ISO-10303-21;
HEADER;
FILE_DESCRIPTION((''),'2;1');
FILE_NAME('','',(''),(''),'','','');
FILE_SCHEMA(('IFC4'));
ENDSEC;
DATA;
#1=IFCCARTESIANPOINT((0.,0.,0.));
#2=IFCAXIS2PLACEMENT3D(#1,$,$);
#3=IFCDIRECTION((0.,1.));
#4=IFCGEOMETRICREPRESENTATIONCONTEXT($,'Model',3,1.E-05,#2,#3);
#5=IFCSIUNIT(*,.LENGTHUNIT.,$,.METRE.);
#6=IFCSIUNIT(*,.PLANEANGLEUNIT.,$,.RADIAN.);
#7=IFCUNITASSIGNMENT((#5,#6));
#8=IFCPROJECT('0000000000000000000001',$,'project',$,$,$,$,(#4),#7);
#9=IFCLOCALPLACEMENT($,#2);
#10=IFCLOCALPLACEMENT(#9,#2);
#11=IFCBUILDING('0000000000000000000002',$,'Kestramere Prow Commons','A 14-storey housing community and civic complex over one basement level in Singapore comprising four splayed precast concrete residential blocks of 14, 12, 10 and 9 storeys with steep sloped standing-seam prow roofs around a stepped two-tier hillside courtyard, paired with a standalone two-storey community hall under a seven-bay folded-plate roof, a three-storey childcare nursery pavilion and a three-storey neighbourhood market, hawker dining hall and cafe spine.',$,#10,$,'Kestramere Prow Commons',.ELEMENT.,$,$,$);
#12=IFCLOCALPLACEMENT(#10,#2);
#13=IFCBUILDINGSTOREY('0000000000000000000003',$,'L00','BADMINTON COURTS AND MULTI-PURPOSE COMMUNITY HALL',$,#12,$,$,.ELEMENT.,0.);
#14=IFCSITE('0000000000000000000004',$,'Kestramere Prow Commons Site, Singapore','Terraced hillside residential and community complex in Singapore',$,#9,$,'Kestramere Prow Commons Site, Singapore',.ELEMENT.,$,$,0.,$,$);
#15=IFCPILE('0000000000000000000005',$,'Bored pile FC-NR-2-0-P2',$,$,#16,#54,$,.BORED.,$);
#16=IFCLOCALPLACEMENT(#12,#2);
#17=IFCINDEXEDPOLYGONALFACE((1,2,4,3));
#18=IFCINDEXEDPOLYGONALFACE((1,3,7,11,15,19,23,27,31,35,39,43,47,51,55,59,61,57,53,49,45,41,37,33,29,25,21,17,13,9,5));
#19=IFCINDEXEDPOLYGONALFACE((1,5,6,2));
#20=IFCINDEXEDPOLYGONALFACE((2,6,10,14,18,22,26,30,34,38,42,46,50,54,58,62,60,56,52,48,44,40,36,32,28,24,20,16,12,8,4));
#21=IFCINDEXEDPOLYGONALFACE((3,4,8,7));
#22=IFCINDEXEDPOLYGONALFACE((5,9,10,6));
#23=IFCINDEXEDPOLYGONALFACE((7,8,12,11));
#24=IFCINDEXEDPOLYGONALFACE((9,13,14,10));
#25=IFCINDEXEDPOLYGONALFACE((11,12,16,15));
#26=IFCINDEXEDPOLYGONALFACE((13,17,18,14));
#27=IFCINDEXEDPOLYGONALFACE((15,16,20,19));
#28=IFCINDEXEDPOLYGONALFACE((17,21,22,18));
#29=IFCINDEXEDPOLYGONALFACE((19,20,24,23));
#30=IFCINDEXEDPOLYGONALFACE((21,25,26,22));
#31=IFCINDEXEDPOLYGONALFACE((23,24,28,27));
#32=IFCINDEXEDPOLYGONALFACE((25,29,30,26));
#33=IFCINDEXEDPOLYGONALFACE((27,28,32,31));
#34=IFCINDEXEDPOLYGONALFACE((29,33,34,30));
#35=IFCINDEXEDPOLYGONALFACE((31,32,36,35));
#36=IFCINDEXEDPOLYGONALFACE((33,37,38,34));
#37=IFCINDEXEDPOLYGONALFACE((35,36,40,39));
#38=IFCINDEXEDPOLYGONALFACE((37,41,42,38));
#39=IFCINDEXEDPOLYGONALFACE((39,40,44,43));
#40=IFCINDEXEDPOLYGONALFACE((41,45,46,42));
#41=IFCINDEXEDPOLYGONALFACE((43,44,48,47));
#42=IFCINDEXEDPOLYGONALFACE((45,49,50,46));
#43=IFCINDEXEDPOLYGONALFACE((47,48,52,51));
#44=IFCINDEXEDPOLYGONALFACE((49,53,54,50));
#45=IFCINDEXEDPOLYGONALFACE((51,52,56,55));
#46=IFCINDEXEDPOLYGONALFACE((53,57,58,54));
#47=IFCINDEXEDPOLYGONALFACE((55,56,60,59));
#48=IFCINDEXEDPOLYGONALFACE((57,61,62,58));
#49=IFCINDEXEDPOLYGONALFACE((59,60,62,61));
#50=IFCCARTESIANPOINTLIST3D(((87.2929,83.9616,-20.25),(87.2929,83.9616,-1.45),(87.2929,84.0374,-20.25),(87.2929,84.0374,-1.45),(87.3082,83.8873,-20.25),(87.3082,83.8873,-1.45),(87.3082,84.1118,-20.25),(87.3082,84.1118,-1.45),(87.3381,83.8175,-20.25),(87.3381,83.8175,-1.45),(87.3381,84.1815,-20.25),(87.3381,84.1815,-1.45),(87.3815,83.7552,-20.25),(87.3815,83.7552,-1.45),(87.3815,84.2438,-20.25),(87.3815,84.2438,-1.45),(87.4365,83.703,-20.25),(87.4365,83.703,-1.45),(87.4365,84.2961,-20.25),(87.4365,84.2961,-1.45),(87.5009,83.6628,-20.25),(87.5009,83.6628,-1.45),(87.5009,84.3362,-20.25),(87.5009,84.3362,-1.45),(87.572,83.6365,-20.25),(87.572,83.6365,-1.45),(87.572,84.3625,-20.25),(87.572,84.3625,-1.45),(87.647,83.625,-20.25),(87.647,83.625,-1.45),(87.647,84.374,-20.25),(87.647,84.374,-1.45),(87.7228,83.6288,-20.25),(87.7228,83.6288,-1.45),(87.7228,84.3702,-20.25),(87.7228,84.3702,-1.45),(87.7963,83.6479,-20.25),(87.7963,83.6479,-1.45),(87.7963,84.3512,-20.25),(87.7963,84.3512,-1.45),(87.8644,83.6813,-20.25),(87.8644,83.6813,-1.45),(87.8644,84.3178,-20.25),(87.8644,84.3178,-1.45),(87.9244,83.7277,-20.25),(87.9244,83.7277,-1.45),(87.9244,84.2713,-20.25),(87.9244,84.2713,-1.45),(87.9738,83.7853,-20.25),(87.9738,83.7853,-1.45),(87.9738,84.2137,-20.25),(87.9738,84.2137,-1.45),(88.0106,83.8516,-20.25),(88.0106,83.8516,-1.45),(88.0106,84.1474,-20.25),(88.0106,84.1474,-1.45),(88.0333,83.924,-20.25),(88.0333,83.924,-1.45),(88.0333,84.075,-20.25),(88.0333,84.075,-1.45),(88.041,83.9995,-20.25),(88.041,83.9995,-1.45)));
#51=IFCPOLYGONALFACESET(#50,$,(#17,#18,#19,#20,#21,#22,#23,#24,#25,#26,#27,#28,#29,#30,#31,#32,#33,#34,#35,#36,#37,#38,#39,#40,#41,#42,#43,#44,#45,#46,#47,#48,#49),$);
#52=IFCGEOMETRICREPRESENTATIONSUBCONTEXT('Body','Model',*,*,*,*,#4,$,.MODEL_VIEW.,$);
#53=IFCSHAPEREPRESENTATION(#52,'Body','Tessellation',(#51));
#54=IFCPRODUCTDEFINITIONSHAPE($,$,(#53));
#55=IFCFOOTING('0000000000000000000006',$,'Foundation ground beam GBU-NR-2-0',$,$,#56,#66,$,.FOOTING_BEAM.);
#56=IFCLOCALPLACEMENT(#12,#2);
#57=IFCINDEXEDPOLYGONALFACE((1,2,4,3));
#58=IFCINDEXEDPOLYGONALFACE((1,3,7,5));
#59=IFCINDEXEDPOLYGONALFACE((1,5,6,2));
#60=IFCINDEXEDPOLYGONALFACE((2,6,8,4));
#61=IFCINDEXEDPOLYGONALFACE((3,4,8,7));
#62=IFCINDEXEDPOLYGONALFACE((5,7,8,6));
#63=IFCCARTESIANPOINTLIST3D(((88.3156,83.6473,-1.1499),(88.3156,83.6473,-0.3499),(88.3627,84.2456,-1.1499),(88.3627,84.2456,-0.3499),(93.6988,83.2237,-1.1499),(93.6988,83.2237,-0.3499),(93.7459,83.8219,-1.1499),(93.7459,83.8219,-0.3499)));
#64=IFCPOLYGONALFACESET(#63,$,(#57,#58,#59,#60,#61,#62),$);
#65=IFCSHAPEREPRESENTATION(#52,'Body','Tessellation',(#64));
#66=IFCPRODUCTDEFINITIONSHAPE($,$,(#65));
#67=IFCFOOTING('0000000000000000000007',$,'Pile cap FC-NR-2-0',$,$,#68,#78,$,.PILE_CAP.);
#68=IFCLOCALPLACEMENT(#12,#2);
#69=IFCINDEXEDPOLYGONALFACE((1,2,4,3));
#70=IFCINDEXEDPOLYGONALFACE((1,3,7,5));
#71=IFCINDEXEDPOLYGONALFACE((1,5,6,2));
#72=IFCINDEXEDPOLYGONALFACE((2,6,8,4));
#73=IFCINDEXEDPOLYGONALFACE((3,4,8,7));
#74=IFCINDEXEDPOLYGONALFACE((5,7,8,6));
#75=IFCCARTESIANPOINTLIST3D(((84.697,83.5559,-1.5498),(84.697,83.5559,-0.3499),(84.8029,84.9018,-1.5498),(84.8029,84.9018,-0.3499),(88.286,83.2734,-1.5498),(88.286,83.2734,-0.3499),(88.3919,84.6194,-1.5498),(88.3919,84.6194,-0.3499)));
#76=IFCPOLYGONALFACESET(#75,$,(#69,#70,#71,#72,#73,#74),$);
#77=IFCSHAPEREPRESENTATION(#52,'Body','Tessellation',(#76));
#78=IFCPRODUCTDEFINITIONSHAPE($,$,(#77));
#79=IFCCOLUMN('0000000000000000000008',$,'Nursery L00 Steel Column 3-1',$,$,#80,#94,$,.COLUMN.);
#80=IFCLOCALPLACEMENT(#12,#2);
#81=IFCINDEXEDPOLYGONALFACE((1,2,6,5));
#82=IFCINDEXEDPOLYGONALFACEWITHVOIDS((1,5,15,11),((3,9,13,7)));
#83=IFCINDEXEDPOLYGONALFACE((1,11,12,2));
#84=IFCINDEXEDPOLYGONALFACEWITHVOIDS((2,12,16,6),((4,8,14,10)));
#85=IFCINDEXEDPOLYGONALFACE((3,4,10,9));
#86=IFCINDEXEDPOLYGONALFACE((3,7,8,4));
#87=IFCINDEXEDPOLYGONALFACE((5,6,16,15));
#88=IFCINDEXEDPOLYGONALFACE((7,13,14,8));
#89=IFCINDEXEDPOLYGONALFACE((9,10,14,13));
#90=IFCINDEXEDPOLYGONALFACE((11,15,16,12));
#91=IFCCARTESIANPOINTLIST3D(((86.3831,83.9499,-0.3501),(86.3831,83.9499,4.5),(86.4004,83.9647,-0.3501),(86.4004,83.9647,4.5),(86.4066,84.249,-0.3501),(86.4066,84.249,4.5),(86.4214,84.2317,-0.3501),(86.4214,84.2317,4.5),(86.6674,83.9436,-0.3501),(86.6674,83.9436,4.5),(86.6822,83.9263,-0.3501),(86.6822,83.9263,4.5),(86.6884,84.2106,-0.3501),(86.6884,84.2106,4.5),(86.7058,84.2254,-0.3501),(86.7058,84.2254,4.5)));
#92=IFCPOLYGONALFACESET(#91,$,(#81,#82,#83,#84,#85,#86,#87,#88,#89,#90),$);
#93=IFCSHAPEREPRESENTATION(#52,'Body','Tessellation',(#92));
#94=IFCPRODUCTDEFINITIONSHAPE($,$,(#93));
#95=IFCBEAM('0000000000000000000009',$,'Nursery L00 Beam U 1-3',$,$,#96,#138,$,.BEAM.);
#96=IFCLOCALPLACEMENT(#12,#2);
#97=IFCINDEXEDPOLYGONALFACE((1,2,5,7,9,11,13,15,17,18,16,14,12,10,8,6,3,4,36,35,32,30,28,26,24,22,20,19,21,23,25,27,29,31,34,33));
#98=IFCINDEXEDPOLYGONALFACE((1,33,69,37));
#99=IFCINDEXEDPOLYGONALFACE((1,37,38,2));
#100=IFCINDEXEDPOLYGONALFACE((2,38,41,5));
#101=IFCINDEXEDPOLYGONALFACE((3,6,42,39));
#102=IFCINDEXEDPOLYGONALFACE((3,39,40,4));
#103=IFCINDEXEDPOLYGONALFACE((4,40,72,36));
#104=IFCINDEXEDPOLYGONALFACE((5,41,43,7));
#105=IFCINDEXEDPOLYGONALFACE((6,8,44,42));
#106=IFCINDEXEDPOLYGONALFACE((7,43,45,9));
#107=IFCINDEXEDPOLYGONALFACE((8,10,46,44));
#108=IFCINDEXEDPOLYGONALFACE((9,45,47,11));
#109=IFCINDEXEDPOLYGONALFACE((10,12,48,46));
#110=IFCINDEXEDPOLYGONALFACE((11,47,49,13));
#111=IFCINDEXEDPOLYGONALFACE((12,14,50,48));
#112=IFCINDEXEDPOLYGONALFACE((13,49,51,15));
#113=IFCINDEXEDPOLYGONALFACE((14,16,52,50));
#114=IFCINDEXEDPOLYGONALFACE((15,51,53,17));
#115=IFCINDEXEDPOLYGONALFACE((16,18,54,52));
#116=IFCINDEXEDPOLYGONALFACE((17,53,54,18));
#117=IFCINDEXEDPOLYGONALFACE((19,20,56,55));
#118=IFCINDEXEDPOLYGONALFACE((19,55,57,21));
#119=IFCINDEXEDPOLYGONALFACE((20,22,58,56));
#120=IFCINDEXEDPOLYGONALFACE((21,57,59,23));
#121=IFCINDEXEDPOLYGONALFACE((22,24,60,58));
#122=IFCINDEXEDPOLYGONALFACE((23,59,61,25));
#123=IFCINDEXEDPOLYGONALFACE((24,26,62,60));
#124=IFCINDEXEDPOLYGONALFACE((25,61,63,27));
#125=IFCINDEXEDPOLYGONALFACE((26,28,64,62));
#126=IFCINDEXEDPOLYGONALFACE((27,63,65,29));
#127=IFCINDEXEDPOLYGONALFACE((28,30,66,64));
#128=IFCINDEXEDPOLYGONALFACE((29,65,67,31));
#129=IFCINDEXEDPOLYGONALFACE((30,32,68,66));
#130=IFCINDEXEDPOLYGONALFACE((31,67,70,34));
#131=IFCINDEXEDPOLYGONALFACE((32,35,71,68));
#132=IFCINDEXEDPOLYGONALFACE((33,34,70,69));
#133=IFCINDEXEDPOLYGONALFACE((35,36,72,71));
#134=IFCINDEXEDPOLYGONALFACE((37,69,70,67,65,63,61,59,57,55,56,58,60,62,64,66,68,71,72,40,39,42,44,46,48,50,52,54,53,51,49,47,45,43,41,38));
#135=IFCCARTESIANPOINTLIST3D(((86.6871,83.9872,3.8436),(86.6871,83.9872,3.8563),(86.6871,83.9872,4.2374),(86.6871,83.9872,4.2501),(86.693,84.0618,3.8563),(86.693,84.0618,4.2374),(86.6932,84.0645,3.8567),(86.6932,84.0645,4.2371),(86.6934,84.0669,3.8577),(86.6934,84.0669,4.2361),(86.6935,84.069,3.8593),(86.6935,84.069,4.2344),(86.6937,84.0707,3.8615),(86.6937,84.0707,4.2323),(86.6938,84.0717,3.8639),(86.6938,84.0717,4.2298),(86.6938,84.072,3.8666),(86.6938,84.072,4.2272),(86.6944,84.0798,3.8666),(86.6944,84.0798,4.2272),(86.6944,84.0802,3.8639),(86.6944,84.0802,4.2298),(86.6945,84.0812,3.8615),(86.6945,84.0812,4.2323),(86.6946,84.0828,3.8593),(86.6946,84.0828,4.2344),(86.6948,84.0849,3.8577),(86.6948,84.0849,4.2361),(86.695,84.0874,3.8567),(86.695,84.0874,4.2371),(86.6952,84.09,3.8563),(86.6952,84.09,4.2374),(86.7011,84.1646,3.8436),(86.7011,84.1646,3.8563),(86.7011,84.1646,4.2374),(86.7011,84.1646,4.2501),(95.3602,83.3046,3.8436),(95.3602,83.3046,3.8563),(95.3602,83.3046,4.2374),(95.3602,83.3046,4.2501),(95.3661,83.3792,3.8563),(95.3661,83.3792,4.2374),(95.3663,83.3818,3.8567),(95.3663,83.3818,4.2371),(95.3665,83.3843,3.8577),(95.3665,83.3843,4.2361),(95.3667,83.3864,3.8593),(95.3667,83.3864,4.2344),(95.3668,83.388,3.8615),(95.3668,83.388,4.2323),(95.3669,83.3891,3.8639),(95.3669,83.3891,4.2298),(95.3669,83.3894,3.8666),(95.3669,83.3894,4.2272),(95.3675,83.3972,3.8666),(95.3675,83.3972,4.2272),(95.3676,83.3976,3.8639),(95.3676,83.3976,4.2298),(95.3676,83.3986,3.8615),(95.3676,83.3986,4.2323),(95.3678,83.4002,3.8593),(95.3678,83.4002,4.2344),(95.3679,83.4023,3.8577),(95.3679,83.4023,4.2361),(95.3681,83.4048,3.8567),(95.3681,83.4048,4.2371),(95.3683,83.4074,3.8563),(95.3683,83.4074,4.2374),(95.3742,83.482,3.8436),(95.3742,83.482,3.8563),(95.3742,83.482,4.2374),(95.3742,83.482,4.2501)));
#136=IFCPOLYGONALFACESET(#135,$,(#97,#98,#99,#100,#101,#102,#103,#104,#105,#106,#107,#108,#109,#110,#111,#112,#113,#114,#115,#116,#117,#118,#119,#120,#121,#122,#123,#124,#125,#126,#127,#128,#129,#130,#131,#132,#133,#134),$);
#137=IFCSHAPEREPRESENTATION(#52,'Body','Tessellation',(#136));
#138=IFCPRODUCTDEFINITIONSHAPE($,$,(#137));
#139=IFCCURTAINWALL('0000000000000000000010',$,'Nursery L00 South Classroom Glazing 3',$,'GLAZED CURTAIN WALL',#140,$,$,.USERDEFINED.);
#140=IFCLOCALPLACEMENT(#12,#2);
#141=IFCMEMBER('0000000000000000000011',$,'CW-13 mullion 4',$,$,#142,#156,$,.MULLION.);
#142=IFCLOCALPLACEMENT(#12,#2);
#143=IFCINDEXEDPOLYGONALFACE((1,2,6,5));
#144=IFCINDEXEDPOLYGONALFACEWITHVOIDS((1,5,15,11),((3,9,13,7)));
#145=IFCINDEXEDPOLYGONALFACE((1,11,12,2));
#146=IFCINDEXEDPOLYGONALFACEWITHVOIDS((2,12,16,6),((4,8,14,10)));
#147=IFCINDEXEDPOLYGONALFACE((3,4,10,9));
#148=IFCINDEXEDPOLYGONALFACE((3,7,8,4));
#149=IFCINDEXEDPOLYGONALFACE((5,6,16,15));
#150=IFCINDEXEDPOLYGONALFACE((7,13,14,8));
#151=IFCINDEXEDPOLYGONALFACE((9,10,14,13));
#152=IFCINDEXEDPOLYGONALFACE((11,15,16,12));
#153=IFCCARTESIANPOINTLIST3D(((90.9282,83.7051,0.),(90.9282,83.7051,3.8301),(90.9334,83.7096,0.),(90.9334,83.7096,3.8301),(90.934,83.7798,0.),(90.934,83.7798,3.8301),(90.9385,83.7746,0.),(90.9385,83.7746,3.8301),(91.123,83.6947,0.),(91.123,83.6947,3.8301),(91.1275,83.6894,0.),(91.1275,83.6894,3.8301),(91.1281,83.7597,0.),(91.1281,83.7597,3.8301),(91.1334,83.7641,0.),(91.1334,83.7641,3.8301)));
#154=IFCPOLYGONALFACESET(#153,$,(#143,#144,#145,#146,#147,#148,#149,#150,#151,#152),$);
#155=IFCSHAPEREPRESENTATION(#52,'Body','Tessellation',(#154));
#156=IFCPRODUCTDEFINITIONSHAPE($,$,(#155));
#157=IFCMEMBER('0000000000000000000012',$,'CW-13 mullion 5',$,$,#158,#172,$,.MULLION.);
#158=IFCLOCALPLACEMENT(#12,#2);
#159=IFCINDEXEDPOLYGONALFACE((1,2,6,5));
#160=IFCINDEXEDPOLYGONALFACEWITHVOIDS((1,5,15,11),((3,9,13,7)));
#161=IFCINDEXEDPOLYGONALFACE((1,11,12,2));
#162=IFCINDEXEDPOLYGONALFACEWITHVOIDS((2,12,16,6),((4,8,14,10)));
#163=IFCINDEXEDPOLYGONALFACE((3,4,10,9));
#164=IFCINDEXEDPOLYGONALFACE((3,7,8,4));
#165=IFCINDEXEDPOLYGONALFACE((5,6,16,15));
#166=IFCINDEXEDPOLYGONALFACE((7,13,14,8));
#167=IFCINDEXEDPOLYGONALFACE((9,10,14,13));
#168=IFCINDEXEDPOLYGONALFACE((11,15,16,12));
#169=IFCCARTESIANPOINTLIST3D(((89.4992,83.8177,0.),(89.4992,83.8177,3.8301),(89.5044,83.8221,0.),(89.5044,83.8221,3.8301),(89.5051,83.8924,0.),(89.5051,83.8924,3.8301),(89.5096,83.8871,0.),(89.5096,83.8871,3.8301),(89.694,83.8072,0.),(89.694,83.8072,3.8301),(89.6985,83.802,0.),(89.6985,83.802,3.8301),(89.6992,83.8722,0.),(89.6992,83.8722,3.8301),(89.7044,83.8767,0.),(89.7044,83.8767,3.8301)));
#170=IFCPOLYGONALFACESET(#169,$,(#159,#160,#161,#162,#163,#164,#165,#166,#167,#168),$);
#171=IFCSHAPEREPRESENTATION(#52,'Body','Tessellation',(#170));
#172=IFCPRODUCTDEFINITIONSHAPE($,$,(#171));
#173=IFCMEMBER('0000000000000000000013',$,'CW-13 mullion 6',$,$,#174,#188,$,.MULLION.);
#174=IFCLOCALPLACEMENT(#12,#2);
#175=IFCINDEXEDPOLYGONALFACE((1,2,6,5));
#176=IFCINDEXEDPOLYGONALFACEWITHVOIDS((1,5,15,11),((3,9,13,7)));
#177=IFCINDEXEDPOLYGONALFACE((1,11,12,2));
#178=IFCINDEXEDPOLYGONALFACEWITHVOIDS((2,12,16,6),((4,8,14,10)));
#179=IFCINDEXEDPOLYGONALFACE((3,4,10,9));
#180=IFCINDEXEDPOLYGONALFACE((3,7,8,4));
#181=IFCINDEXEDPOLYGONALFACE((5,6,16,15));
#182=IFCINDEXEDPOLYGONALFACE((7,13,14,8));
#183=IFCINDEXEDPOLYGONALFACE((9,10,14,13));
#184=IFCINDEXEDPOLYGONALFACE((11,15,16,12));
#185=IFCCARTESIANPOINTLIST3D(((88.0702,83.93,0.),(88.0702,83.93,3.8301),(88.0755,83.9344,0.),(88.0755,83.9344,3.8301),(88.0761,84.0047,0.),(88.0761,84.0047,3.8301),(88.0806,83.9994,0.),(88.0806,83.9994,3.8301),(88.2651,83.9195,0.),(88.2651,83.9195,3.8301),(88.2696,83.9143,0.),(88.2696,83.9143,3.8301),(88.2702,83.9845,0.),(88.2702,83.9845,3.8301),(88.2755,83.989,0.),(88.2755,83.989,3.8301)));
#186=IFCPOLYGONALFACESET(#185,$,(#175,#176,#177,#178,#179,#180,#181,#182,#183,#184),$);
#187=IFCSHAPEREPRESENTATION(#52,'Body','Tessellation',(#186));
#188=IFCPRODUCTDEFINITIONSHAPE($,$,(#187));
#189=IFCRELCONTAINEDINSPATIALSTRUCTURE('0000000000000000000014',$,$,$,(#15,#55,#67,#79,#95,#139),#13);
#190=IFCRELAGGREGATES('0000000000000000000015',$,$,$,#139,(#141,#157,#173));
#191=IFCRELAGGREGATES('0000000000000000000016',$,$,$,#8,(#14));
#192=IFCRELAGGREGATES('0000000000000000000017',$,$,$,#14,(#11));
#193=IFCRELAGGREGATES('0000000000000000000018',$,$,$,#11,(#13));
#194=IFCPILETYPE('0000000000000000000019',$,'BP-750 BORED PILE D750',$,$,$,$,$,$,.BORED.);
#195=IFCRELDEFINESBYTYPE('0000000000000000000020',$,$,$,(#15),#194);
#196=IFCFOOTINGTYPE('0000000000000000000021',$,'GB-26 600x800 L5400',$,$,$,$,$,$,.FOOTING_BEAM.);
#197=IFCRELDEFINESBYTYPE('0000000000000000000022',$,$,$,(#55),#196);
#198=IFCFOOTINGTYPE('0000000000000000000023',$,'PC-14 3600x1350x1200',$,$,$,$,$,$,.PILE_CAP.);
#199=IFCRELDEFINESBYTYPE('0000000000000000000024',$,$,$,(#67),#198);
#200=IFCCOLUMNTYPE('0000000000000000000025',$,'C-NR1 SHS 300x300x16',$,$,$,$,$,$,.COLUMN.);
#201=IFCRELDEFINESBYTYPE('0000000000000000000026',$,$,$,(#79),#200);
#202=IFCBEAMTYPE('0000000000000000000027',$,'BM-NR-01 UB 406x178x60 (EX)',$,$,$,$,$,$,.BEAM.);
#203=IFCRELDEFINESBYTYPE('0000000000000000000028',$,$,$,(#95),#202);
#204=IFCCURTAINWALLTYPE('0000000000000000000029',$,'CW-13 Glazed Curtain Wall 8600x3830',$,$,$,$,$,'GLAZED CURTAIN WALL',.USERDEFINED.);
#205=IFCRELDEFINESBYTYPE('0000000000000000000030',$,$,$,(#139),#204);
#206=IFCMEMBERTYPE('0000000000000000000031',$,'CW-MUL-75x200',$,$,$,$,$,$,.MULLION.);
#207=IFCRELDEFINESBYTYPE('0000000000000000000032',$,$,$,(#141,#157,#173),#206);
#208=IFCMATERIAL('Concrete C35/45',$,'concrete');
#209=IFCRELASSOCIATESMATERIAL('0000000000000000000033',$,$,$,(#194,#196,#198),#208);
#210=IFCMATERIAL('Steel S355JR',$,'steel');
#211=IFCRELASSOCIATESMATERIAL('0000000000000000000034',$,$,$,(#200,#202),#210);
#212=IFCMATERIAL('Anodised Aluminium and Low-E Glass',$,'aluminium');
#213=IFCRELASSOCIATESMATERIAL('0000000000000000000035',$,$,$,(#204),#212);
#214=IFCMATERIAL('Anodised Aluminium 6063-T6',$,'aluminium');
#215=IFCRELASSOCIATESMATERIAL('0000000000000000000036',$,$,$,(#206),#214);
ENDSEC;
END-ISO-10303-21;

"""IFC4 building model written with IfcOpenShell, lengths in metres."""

from ifc_helpers import new_model, si_unit, direction, frame, origin, origin_2d, place, context, subcontext, project, spatial, rectangle, hollow_rectangle, circle, i_section, extrude, material, material_profile, profile_set, type_object, element, aggregate, save


model = new_model("IFC4")

# Units and contexts
model_context = context("Model", 3, precision=1e-05, world=origin(), true_north=direction((0.0, 1.0)))
body_context = subcontext(model_context, "Body", "Model", "MODEL_VIEW")
ifc_project = project(units=[si_unit("LENGTHUNIT", "METRE"), si_unit("PLANEANGLEUNIT", "RADIAN")], contexts=[model_context])

# Site, building, storey
site_placement = place(None, origin())
site = spatial("IfcSite", under=ifc_project, at=site_placement, Name="Kestramere Prow Commons Site, Singapore", Description="Terraced hillside residential and community complex in Singapore", LongName="Kestramere Prow Commons Site, Singapore", CompositionType="ELEMENT", RefElevation=0.0)
building_placement = place(site_placement, origin())
building = spatial("IfcBuilding", under=site, at=building_placement, Name="Kestramere Prow Commons", Description="A 14-storey housing community and civic complex over one basement level in Singapore comprising four splayed precast concrete residential blocks of 14, 12, 10 and 9 storeys with steep sloped standing-seam prow roofs around a stepped two-tier hillside courtyard, paired with a standalone two-storey community hall under a seven-bay folded-plate roof, a three-storey childcare nursery pavilion and a three-storey neighbourhood market, hawker dining hall and cafe spine.", LongName="Kestramere Prow Commons", CompositionType="ELEMENT")
storey_placement = place(building_placement, origin())
storey = spatial("IfcBuildingStorey", under=building, at=storey_placement, Name="L00", Description="BADMINTON COURTS AND MULTI-PURPOSE COMMUNITY HALL", CompositionType="ELEMENT", Elevation=0.0)

# Pile
ifc_material_1 = material(Name="Concrete C35/45", Category="concrete")
ifc_material_profile_1 = material_profile(ifc_material_1, circle(Radius=0.375, at=origin_2d()), Name="BORED PILE D750")
ifc_profile_set_1 = profile_set([ifc_material_profile_1], Name="Concrete C35/45")
pile_type = type_object("IfcPileType", Name="BP-750 BORED PILE D750", PredefinedType="BORED", material=ifc_profile_set_1)
pile_placement = place(storey_placement, frame((87.666, 83.9995, -1.45), z_axis=(0.0, 0.0, -1.0), x_axis=(1.0, 0.0, 0.0)))
element("IfcPile", 1, at=pile_placement, inside=storey, type_object=pile_type, Name="Bored pile FC-NR-2-0-P2", PredefinedType="BORED", context=body_context, shape_type="SweptSolid", body=[
    extrude(circle(Radius=0.375, at=origin_2d()), origin(), (0.0, 0.0, 1.0), 18.8),
])

# Footings
footing_type_1 = type_object("IfcFootingType", Name="GB-26 600x800 L5400", PredefinedType="FOOTING_BEAM", material=ifc_material_1)
footing_1_placement = place(storey_placement, frame((91.0308, 83.7346, -1.1499), z_axis=(0.0, 0.0, 1.0), x_axis=(0.996917, -0.078459, 0.0)))
element("IfcFooting", 2, at=footing_1_placement, inside=storey, type_object=footing_type_1, Name="Foundation ground beam GBU-NR-2-0", PredefinedType="FOOTING_BEAM", context=body_context, shape_type="SweptSolid", body=[
    extrude(rectangle(XDim=5.3999, YDim=0.6001, at=origin_2d()), origin(), (0.0, 0.0, 1.0), 0.8),
])
footing_type_2 = type_object("IfcFootingType", Name="PC-14 3600x1350x1200", PredefinedType="PILE_CAP", material=ifc_material_1)
footing_2_placement = place(storey_placement, frame((86.5444, 84.0876, -1.5498), z_axis=(0.0, 0.0, 1.0), x_axis=(0.996917, -0.078459, 0.0)))
element("IfcFooting", 3, at=footing_2_placement, inside=storey, type_object=footing_type_2, Name="Pile cap FC-NR-2-0", PredefinedType="PILE_CAP", context=body_context, shape_type="SweptSolid", body=[
    extrude(rectangle(XDim=3.6001, YDim=1.3501, at=origin_2d()), origin(), (0.0, 0.0, 1.0), 1.2),
])

# Column
ifc_material_2 = material(Name="Steel S355JR", Category="steel")
ifc_material_profile_2 = material_profile(ifc_material_2, hollow_rectangle(XDim=0.3, YDim=0.3, WallThickness=0.0161, at=origin_2d()), Name="SHS 300x300x16")
ifc_profile_set_2 = profile_set([ifc_material_profile_2], Name="Steel S355JR")
column_type = type_object("IfcColumnType", Name="C-NR1 SHS 300x300x16", PredefinedType="COLUMN", material=ifc_profile_set_2)
column_placement = place(storey_placement, frame((86.5444, 84.0876, -0.3501), z_axis=(0.0, 0.0, 1.0), x_axis=(0.996917, -0.078459, 0.0)))
element("IfcColumn", 4, at=column_placement, inside=storey, type_object=column_type, Name="Nursery L00 Steel Column 3-1", PredefinedType="COLUMN", context=body_context, shape_type="SweptSolid", body=[
    extrude(hollow_rectangle(XDim=0.3, YDim=0.3, WallThickness=0.0161, at=origin_2d()), origin(), (0.0, 0.0, 1.0), 4.8501),
])

# Beam
ifc_material_profile_3 = material_profile(ifc_material_2, i_section(OverallWidth=0.178, OverallDepth=0.4065, WebThickness=0.0078, FlangeThickness=0.0127, FilletRadius=0.0103, at=origin_2d()), Name="UB 406x178x60")
ifc_profile_set_3 = profile_set([ifc_material_profile_3], Name="Steel S355JR")
beam_type = type_object("IfcBeamType", Name="BM-NR-01 UB 406x178x60 (EX)", PredefinedType="BEAM", material=ifc_profile_set_3)
beam_placement = place(storey_placement, frame((86.6941, 84.0759, 4.0469), z_axis=(0.996917, -0.078462, 0.0), x_axis=(0.078462, 0.996917, 0.0)))
element("IfcBeam", 5, at=beam_placement, inside=storey, type_object=beam_type, Name="Nursery L00 Beam U 1-3", PredefinedType="BEAM", context=body_context, shape_type="SweptSolid", body=[
    extrude(i_section(OverallWidth=0.178, OverallDepth=0.4065, WebThickness=0.0078, FlangeThickness=0.0127, FilletRadius=0.0103, at=origin_2d()), origin(), (0.0, 0.0, 1.0), 8.7),
])

# Curtain wall, members
ifc_material_3 = material(Name="Anodised Aluminium and Low-E Glass", Category="aluminium")
curtain_wall_type = type_object("IfcCurtainWallType", Name="CW-13 Glazed Curtain Wall 8600x3830", ElementType="GLAZED CURTAIN WALL", PredefinedType="USERDEFINED", material=ifc_material_3)
curtain_wall_placement = place(storey_placement, origin())
curtain_wall = element("IfcCurtainWall", 6, at=curtain_wall_placement, inside=storey, type_object=curtain_wall_type, Name="Nursery L00 South Classroom Glazing 3", ObjectType="GLAZED CURTAIN WALL", PredefinedType="USERDEFINED")
ifc_material_4 = material(Name="Anodised Aluminium 6063-T6", Category="aluminium")
ifc_material_profile_4 = material_profile(ifc_material_4, hollow_rectangle(XDim=0.075, YDim=0.2, WallThickness=0.0049, at=origin_2d()), Name="ALU-MUL 75x200")
ifc_profile_set_4 = profile_set([ifc_material_profile_4], Name="Anodised Aluminium 6063-T6")
member_type_1 = type_object("IfcMemberType", Name="CW-MUL-75x200", PredefinedType="MULLION", material=ifc_profile_set_4)
member_1_placement = place(storey_placement, frame((91.0308, 83.7346, 0.0), z_axis=(0.0, 0.0, 1.0), x_axis=(-0.078459, -0.996917, 0.0)))
member_1 = element("IfcMember", 7, at=member_1_placement, type_object=member_type_1, Name="CW-13 mullion 4", PredefinedType="MULLION", context=body_context, shape_type="SweptSolid", body=[
    extrude(hollow_rectangle(XDim=0.075, YDim=0.2, WallThickness=0.0049, at=origin_2d()), origin(), (0.0, 0.0, 1.0), 3.8301),
])
member_2_placement = place(storey_placement, frame((89.6018, 83.8472, 0.0), z_axis=(0.0, 0.0, 1.0), x_axis=(-0.078459, -0.996917, 0.0)))
member_2 = element("IfcMember", 8, at=member_2_placement, type_object=member_type_1, Name="CW-13 mullion 5", PredefinedType="MULLION", context=body_context, shape_type="SweptSolid", body=[
    extrude(hollow_rectangle(XDim=0.075, YDim=0.2, WallThickness=0.0049, at=origin_2d()), origin(), (0.0, 0.0, 1.0), 3.8301),
])
member_3_placement = place(storey_placement, frame((88.1729, 83.9595, 0.0), z_axis=(0.0, 0.0, 1.0), x_axis=(-0.078459, -0.996917, 0.0)))
member_3 = element("IfcMember", 9, at=member_3_placement, type_object=member_type_1, Name="CW-13 mullion 6", PredefinedType="MULLION", context=body_context, shape_type="SweptSolid", body=[
    extrude(hollow_rectangle(XDim=0.075, YDim=0.2, WallThickness=0.0049, at=origin_2d()), origin(), (0.0, 0.0, 1.0), 3.8301),
])
aggregate(curtain_wall, [member_1, member_2, member_3])

save(model, "model.ifc")
